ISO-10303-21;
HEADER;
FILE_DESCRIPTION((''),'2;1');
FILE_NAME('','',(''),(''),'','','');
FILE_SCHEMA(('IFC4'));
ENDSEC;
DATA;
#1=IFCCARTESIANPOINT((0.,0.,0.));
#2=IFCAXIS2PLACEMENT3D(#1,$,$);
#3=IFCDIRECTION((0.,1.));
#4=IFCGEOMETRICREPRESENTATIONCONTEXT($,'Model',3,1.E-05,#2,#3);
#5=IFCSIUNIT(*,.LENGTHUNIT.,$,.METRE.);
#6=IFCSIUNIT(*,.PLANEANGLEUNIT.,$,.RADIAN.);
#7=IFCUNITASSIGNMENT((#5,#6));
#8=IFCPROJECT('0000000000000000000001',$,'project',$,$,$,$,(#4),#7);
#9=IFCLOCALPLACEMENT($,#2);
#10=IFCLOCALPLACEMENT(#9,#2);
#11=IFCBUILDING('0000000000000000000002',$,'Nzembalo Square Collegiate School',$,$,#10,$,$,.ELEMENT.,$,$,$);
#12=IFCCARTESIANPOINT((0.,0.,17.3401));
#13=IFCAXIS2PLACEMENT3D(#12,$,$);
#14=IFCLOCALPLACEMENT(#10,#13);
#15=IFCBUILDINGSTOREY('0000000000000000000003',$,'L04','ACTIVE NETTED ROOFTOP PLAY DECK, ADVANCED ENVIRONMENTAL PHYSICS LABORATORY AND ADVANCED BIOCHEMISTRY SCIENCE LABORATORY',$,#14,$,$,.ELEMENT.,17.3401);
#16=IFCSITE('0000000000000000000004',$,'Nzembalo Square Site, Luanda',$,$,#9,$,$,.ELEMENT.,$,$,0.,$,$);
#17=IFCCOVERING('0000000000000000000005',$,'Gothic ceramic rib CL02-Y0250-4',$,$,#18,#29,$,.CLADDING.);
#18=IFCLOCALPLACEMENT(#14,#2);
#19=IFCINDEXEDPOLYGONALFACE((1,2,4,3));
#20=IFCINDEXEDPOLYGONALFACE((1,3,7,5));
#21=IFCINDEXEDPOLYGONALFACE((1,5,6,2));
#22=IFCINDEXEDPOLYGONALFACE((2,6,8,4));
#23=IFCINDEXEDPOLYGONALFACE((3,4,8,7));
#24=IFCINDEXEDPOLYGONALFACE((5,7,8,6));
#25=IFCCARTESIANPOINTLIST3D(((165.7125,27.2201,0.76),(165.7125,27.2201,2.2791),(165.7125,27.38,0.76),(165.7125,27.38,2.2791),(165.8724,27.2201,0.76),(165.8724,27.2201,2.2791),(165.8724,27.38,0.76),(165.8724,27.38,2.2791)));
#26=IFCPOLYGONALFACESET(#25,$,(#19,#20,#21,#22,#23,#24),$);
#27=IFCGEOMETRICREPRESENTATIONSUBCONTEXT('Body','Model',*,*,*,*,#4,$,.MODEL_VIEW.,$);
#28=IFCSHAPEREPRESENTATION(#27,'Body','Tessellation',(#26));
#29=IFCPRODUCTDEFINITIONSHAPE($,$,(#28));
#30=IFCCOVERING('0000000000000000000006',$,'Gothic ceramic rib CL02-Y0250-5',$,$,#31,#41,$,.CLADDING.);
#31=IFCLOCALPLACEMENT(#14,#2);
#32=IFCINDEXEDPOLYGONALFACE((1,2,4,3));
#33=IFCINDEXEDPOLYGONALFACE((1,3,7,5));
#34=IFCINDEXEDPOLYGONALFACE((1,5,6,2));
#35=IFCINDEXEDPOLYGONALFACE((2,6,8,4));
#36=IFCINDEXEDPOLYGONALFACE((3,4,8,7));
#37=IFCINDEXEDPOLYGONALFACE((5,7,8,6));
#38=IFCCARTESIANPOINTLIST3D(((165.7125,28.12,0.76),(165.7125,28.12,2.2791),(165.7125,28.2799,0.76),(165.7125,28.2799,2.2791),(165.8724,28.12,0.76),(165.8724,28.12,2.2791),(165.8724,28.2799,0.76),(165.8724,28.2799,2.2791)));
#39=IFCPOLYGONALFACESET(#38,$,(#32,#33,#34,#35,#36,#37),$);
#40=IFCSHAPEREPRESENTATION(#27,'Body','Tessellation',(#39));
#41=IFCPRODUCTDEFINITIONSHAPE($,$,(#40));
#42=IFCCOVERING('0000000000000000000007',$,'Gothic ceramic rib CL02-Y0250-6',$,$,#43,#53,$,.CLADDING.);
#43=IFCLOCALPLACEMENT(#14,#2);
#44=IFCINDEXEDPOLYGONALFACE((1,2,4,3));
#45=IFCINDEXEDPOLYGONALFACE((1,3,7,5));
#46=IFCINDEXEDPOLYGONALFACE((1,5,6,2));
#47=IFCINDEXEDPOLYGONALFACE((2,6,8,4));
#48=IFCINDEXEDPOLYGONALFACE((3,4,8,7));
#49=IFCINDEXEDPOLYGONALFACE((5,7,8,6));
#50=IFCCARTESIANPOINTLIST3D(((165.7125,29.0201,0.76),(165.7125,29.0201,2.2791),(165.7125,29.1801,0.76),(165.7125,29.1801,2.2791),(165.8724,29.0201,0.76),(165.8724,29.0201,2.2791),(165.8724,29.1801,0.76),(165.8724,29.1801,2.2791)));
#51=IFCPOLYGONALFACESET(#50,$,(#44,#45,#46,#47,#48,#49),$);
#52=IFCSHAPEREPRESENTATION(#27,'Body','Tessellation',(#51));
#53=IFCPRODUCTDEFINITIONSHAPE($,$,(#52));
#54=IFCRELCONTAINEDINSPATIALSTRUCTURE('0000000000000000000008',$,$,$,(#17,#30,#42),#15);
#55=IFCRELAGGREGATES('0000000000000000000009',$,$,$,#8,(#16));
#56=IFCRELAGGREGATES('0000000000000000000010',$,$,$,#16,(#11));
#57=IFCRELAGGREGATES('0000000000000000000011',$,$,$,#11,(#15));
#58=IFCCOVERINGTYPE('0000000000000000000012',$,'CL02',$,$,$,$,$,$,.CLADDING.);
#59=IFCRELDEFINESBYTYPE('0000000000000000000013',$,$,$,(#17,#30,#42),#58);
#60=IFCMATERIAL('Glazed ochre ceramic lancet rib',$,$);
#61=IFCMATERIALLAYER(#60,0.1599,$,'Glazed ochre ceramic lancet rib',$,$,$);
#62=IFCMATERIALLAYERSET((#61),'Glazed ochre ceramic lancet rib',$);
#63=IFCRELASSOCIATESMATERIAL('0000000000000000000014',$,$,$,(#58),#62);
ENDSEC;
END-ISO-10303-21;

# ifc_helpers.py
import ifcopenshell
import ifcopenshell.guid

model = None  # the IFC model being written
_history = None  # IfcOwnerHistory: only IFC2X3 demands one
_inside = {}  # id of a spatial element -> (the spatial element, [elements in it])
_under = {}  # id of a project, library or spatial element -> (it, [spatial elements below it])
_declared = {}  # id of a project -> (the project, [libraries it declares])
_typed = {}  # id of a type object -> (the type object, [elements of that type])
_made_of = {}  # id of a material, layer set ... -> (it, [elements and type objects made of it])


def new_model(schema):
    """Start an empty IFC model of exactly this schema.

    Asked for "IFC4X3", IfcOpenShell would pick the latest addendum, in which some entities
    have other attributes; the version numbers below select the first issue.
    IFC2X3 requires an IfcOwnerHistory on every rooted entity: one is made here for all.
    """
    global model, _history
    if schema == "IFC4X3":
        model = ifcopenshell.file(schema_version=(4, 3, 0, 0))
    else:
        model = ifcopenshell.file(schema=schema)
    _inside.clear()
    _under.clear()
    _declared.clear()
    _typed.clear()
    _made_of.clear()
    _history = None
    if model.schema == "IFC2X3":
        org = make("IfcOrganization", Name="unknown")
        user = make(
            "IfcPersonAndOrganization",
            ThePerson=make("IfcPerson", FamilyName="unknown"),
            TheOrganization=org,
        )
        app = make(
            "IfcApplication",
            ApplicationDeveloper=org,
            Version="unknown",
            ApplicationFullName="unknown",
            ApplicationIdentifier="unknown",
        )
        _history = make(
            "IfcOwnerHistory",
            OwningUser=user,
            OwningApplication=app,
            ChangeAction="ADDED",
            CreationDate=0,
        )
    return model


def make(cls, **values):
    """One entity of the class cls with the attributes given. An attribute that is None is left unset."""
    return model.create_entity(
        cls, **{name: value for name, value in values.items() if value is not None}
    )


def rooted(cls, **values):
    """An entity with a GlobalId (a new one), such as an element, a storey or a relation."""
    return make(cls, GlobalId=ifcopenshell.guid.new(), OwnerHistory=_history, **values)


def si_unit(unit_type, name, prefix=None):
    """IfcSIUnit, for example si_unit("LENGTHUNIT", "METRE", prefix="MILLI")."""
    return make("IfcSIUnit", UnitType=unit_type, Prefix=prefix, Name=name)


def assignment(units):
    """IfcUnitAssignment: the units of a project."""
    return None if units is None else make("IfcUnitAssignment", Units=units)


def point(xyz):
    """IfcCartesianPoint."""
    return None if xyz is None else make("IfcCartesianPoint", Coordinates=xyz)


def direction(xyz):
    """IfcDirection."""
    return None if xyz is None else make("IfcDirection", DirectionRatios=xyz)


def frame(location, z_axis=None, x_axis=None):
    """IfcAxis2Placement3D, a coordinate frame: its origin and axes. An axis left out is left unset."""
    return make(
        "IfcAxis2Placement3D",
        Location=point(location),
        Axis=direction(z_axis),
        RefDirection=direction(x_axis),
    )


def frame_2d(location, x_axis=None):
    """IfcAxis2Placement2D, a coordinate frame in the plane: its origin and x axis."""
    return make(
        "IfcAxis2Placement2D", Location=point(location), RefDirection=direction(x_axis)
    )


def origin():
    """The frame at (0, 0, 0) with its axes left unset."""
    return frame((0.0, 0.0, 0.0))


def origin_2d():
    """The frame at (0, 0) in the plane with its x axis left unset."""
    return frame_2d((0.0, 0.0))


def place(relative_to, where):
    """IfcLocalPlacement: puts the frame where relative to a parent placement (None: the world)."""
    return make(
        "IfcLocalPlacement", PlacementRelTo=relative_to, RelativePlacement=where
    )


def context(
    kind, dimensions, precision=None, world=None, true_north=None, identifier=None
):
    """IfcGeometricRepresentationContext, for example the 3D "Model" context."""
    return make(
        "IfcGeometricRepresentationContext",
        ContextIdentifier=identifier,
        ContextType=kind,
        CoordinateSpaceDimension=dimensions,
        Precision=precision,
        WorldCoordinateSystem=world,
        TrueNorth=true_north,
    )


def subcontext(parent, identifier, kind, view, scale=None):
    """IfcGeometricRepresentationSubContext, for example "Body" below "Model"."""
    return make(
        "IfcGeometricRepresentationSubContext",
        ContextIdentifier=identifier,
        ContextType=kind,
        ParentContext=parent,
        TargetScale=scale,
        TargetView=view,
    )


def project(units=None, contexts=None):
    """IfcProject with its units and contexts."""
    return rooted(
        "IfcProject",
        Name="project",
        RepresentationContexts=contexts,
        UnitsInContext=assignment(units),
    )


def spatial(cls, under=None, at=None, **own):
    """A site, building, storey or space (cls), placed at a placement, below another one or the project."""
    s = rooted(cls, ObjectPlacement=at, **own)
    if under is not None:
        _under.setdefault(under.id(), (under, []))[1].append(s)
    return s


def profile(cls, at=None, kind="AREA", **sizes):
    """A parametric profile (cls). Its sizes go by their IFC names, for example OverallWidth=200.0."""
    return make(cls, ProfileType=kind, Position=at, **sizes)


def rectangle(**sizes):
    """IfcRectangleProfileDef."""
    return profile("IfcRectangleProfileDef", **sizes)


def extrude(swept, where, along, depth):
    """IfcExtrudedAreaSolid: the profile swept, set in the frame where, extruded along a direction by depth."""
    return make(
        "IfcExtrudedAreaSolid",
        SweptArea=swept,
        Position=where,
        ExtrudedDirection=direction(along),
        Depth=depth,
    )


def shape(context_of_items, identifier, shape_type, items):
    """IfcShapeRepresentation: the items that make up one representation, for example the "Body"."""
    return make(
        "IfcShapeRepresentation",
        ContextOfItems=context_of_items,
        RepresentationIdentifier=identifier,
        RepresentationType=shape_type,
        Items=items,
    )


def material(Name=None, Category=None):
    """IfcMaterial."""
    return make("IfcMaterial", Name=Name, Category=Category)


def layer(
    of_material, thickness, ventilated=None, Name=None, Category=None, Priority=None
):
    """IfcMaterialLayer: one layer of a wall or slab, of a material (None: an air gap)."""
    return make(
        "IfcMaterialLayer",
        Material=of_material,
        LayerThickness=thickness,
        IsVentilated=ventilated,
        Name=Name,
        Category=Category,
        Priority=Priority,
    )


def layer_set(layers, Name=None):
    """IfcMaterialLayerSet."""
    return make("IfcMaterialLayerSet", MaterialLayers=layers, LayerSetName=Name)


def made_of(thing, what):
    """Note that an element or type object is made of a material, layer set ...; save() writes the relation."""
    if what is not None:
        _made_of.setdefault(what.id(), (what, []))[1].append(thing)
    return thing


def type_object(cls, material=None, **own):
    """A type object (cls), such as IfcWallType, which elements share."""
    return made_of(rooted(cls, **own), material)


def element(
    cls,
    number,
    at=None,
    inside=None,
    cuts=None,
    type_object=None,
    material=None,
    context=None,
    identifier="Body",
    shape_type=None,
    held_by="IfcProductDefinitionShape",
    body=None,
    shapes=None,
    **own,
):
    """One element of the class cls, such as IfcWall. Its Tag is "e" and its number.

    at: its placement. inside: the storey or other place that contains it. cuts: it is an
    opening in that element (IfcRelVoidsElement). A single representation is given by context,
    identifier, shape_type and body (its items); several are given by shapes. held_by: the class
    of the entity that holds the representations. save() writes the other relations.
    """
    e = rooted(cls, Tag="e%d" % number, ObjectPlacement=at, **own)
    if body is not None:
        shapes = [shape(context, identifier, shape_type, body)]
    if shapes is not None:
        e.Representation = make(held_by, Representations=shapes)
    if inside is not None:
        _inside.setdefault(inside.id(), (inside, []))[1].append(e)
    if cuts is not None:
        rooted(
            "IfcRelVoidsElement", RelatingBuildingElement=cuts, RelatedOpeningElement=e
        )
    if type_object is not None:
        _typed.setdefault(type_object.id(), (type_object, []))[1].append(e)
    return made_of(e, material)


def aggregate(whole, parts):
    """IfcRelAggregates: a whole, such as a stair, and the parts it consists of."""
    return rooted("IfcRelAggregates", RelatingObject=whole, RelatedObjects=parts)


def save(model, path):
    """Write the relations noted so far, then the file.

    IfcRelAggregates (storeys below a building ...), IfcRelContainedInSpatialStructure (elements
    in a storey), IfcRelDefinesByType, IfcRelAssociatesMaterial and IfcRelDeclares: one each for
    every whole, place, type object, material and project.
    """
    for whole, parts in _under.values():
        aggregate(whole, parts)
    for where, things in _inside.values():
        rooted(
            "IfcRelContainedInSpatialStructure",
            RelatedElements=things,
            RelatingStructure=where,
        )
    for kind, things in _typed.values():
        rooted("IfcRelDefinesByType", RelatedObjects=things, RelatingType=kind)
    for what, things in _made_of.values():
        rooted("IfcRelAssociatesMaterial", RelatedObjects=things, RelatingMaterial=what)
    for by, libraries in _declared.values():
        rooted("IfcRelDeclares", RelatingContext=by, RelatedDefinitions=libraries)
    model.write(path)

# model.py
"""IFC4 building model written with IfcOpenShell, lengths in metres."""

from ifc_helpers import new_model, si_unit, direction, frame, origin, origin_2d, place, context, subcontext, project, spatial, rectangle, extrude, material, layer, layer_set, type_object, element, save


model = new_model("IFC4")

# Units and contexts
model_context = context("Model", 3, precision=1e-05, world=origin(), true_north=direction((0.0, 1.0)))
body_context = subcontext(model_context, "Body", "Model", "MODEL_VIEW")
ifc_project = project(units=[si_unit("LENGTHUNIT", "METRE"), si_unit("PLANEANGLEUNIT", "RADIAN")], contexts=[model_context])

# Site, building, storey
site_placement = place(None, origin())
site = spatial("IfcSite", under=ifc_project, at=site_placement, Name="Nzembalo Square Site, Luanda", CompositionType="ELEMENT", RefElevation=0.0)
building_placement = place(site_placement, origin())
building = spatial("IfcBuilding", under=site, at=building_placement, Name="Nzembalo Square Collegiate School", CompositionType="ELEMENT")
storey_placement = place(building_placement, frame((0.0, 0.0, 17.3401)))
storey = spatial("IfcBuildingStorey", under=building, at=storey_placement, Name="L04", Description="ACTIVE NETTED ROOFTOP PLAY DECK, ADVANCED ENVIRONMENTAL PHYSICS LABORATORY AND ADVANCED BIOCHEMISTRY SCIENCE LABORATORY", CompositionType="ELEMENT", Elevation=17.3401)

# Coverings
ifc_material_1 = material(Name="Glazed ochre ceramic lancet rib")
ifc_layer_1 = layer(ifc_material_1, 0.1599, Name="Glazed ochre ceramic lancet rib")
ifc_layer_set_1 = layer_set([ifc_layer_1], Name="Glazed ochre ceramic lancet rib")
covering_type_1 = type_object("IfcCoveringType", Name="CL02", PredefinedType="CLADDING", material=ifc_layer_set_1)
for number, where, z_axis, x_axis, name in (
    (1, (165.7925, 27.3, 0.76), (0.0, 0.0, 1.0), (1.0, 0.0, 0.0), "Gothic ceramic rib CL02-Y0250-4"),
    (2, (165.7925, 28.2, 0.76), (0.0, 0.0, 1.0), (1.0, 0.0, 0.0), "Gothic ceramic rib CL02-Y0250-5"),
    (3, (165.7925, 29.1001, 0.76), (0.0, 0.0, 1.0), (1.0, 0.0, 0.0), "Gothic ceramic rib CL02-Y0250-6"),
):
    element("IfcCovering", number, at=place(storey_placement, frame(where, z_axis=z_axis, x_axis=x_axis)), inside=storey, type_object=covering_type_1, Name=name, PredefinedType="CLADDING", context=body_context, shape_type="SweptSolid", body=[
        extrude(rectangle(XDim=0.1599, YDim=0.1599, at=origin_2d()), origin(), (0.0, 0.0, 1.0), 1.519),
    ])

save(model, "model.ifc")
